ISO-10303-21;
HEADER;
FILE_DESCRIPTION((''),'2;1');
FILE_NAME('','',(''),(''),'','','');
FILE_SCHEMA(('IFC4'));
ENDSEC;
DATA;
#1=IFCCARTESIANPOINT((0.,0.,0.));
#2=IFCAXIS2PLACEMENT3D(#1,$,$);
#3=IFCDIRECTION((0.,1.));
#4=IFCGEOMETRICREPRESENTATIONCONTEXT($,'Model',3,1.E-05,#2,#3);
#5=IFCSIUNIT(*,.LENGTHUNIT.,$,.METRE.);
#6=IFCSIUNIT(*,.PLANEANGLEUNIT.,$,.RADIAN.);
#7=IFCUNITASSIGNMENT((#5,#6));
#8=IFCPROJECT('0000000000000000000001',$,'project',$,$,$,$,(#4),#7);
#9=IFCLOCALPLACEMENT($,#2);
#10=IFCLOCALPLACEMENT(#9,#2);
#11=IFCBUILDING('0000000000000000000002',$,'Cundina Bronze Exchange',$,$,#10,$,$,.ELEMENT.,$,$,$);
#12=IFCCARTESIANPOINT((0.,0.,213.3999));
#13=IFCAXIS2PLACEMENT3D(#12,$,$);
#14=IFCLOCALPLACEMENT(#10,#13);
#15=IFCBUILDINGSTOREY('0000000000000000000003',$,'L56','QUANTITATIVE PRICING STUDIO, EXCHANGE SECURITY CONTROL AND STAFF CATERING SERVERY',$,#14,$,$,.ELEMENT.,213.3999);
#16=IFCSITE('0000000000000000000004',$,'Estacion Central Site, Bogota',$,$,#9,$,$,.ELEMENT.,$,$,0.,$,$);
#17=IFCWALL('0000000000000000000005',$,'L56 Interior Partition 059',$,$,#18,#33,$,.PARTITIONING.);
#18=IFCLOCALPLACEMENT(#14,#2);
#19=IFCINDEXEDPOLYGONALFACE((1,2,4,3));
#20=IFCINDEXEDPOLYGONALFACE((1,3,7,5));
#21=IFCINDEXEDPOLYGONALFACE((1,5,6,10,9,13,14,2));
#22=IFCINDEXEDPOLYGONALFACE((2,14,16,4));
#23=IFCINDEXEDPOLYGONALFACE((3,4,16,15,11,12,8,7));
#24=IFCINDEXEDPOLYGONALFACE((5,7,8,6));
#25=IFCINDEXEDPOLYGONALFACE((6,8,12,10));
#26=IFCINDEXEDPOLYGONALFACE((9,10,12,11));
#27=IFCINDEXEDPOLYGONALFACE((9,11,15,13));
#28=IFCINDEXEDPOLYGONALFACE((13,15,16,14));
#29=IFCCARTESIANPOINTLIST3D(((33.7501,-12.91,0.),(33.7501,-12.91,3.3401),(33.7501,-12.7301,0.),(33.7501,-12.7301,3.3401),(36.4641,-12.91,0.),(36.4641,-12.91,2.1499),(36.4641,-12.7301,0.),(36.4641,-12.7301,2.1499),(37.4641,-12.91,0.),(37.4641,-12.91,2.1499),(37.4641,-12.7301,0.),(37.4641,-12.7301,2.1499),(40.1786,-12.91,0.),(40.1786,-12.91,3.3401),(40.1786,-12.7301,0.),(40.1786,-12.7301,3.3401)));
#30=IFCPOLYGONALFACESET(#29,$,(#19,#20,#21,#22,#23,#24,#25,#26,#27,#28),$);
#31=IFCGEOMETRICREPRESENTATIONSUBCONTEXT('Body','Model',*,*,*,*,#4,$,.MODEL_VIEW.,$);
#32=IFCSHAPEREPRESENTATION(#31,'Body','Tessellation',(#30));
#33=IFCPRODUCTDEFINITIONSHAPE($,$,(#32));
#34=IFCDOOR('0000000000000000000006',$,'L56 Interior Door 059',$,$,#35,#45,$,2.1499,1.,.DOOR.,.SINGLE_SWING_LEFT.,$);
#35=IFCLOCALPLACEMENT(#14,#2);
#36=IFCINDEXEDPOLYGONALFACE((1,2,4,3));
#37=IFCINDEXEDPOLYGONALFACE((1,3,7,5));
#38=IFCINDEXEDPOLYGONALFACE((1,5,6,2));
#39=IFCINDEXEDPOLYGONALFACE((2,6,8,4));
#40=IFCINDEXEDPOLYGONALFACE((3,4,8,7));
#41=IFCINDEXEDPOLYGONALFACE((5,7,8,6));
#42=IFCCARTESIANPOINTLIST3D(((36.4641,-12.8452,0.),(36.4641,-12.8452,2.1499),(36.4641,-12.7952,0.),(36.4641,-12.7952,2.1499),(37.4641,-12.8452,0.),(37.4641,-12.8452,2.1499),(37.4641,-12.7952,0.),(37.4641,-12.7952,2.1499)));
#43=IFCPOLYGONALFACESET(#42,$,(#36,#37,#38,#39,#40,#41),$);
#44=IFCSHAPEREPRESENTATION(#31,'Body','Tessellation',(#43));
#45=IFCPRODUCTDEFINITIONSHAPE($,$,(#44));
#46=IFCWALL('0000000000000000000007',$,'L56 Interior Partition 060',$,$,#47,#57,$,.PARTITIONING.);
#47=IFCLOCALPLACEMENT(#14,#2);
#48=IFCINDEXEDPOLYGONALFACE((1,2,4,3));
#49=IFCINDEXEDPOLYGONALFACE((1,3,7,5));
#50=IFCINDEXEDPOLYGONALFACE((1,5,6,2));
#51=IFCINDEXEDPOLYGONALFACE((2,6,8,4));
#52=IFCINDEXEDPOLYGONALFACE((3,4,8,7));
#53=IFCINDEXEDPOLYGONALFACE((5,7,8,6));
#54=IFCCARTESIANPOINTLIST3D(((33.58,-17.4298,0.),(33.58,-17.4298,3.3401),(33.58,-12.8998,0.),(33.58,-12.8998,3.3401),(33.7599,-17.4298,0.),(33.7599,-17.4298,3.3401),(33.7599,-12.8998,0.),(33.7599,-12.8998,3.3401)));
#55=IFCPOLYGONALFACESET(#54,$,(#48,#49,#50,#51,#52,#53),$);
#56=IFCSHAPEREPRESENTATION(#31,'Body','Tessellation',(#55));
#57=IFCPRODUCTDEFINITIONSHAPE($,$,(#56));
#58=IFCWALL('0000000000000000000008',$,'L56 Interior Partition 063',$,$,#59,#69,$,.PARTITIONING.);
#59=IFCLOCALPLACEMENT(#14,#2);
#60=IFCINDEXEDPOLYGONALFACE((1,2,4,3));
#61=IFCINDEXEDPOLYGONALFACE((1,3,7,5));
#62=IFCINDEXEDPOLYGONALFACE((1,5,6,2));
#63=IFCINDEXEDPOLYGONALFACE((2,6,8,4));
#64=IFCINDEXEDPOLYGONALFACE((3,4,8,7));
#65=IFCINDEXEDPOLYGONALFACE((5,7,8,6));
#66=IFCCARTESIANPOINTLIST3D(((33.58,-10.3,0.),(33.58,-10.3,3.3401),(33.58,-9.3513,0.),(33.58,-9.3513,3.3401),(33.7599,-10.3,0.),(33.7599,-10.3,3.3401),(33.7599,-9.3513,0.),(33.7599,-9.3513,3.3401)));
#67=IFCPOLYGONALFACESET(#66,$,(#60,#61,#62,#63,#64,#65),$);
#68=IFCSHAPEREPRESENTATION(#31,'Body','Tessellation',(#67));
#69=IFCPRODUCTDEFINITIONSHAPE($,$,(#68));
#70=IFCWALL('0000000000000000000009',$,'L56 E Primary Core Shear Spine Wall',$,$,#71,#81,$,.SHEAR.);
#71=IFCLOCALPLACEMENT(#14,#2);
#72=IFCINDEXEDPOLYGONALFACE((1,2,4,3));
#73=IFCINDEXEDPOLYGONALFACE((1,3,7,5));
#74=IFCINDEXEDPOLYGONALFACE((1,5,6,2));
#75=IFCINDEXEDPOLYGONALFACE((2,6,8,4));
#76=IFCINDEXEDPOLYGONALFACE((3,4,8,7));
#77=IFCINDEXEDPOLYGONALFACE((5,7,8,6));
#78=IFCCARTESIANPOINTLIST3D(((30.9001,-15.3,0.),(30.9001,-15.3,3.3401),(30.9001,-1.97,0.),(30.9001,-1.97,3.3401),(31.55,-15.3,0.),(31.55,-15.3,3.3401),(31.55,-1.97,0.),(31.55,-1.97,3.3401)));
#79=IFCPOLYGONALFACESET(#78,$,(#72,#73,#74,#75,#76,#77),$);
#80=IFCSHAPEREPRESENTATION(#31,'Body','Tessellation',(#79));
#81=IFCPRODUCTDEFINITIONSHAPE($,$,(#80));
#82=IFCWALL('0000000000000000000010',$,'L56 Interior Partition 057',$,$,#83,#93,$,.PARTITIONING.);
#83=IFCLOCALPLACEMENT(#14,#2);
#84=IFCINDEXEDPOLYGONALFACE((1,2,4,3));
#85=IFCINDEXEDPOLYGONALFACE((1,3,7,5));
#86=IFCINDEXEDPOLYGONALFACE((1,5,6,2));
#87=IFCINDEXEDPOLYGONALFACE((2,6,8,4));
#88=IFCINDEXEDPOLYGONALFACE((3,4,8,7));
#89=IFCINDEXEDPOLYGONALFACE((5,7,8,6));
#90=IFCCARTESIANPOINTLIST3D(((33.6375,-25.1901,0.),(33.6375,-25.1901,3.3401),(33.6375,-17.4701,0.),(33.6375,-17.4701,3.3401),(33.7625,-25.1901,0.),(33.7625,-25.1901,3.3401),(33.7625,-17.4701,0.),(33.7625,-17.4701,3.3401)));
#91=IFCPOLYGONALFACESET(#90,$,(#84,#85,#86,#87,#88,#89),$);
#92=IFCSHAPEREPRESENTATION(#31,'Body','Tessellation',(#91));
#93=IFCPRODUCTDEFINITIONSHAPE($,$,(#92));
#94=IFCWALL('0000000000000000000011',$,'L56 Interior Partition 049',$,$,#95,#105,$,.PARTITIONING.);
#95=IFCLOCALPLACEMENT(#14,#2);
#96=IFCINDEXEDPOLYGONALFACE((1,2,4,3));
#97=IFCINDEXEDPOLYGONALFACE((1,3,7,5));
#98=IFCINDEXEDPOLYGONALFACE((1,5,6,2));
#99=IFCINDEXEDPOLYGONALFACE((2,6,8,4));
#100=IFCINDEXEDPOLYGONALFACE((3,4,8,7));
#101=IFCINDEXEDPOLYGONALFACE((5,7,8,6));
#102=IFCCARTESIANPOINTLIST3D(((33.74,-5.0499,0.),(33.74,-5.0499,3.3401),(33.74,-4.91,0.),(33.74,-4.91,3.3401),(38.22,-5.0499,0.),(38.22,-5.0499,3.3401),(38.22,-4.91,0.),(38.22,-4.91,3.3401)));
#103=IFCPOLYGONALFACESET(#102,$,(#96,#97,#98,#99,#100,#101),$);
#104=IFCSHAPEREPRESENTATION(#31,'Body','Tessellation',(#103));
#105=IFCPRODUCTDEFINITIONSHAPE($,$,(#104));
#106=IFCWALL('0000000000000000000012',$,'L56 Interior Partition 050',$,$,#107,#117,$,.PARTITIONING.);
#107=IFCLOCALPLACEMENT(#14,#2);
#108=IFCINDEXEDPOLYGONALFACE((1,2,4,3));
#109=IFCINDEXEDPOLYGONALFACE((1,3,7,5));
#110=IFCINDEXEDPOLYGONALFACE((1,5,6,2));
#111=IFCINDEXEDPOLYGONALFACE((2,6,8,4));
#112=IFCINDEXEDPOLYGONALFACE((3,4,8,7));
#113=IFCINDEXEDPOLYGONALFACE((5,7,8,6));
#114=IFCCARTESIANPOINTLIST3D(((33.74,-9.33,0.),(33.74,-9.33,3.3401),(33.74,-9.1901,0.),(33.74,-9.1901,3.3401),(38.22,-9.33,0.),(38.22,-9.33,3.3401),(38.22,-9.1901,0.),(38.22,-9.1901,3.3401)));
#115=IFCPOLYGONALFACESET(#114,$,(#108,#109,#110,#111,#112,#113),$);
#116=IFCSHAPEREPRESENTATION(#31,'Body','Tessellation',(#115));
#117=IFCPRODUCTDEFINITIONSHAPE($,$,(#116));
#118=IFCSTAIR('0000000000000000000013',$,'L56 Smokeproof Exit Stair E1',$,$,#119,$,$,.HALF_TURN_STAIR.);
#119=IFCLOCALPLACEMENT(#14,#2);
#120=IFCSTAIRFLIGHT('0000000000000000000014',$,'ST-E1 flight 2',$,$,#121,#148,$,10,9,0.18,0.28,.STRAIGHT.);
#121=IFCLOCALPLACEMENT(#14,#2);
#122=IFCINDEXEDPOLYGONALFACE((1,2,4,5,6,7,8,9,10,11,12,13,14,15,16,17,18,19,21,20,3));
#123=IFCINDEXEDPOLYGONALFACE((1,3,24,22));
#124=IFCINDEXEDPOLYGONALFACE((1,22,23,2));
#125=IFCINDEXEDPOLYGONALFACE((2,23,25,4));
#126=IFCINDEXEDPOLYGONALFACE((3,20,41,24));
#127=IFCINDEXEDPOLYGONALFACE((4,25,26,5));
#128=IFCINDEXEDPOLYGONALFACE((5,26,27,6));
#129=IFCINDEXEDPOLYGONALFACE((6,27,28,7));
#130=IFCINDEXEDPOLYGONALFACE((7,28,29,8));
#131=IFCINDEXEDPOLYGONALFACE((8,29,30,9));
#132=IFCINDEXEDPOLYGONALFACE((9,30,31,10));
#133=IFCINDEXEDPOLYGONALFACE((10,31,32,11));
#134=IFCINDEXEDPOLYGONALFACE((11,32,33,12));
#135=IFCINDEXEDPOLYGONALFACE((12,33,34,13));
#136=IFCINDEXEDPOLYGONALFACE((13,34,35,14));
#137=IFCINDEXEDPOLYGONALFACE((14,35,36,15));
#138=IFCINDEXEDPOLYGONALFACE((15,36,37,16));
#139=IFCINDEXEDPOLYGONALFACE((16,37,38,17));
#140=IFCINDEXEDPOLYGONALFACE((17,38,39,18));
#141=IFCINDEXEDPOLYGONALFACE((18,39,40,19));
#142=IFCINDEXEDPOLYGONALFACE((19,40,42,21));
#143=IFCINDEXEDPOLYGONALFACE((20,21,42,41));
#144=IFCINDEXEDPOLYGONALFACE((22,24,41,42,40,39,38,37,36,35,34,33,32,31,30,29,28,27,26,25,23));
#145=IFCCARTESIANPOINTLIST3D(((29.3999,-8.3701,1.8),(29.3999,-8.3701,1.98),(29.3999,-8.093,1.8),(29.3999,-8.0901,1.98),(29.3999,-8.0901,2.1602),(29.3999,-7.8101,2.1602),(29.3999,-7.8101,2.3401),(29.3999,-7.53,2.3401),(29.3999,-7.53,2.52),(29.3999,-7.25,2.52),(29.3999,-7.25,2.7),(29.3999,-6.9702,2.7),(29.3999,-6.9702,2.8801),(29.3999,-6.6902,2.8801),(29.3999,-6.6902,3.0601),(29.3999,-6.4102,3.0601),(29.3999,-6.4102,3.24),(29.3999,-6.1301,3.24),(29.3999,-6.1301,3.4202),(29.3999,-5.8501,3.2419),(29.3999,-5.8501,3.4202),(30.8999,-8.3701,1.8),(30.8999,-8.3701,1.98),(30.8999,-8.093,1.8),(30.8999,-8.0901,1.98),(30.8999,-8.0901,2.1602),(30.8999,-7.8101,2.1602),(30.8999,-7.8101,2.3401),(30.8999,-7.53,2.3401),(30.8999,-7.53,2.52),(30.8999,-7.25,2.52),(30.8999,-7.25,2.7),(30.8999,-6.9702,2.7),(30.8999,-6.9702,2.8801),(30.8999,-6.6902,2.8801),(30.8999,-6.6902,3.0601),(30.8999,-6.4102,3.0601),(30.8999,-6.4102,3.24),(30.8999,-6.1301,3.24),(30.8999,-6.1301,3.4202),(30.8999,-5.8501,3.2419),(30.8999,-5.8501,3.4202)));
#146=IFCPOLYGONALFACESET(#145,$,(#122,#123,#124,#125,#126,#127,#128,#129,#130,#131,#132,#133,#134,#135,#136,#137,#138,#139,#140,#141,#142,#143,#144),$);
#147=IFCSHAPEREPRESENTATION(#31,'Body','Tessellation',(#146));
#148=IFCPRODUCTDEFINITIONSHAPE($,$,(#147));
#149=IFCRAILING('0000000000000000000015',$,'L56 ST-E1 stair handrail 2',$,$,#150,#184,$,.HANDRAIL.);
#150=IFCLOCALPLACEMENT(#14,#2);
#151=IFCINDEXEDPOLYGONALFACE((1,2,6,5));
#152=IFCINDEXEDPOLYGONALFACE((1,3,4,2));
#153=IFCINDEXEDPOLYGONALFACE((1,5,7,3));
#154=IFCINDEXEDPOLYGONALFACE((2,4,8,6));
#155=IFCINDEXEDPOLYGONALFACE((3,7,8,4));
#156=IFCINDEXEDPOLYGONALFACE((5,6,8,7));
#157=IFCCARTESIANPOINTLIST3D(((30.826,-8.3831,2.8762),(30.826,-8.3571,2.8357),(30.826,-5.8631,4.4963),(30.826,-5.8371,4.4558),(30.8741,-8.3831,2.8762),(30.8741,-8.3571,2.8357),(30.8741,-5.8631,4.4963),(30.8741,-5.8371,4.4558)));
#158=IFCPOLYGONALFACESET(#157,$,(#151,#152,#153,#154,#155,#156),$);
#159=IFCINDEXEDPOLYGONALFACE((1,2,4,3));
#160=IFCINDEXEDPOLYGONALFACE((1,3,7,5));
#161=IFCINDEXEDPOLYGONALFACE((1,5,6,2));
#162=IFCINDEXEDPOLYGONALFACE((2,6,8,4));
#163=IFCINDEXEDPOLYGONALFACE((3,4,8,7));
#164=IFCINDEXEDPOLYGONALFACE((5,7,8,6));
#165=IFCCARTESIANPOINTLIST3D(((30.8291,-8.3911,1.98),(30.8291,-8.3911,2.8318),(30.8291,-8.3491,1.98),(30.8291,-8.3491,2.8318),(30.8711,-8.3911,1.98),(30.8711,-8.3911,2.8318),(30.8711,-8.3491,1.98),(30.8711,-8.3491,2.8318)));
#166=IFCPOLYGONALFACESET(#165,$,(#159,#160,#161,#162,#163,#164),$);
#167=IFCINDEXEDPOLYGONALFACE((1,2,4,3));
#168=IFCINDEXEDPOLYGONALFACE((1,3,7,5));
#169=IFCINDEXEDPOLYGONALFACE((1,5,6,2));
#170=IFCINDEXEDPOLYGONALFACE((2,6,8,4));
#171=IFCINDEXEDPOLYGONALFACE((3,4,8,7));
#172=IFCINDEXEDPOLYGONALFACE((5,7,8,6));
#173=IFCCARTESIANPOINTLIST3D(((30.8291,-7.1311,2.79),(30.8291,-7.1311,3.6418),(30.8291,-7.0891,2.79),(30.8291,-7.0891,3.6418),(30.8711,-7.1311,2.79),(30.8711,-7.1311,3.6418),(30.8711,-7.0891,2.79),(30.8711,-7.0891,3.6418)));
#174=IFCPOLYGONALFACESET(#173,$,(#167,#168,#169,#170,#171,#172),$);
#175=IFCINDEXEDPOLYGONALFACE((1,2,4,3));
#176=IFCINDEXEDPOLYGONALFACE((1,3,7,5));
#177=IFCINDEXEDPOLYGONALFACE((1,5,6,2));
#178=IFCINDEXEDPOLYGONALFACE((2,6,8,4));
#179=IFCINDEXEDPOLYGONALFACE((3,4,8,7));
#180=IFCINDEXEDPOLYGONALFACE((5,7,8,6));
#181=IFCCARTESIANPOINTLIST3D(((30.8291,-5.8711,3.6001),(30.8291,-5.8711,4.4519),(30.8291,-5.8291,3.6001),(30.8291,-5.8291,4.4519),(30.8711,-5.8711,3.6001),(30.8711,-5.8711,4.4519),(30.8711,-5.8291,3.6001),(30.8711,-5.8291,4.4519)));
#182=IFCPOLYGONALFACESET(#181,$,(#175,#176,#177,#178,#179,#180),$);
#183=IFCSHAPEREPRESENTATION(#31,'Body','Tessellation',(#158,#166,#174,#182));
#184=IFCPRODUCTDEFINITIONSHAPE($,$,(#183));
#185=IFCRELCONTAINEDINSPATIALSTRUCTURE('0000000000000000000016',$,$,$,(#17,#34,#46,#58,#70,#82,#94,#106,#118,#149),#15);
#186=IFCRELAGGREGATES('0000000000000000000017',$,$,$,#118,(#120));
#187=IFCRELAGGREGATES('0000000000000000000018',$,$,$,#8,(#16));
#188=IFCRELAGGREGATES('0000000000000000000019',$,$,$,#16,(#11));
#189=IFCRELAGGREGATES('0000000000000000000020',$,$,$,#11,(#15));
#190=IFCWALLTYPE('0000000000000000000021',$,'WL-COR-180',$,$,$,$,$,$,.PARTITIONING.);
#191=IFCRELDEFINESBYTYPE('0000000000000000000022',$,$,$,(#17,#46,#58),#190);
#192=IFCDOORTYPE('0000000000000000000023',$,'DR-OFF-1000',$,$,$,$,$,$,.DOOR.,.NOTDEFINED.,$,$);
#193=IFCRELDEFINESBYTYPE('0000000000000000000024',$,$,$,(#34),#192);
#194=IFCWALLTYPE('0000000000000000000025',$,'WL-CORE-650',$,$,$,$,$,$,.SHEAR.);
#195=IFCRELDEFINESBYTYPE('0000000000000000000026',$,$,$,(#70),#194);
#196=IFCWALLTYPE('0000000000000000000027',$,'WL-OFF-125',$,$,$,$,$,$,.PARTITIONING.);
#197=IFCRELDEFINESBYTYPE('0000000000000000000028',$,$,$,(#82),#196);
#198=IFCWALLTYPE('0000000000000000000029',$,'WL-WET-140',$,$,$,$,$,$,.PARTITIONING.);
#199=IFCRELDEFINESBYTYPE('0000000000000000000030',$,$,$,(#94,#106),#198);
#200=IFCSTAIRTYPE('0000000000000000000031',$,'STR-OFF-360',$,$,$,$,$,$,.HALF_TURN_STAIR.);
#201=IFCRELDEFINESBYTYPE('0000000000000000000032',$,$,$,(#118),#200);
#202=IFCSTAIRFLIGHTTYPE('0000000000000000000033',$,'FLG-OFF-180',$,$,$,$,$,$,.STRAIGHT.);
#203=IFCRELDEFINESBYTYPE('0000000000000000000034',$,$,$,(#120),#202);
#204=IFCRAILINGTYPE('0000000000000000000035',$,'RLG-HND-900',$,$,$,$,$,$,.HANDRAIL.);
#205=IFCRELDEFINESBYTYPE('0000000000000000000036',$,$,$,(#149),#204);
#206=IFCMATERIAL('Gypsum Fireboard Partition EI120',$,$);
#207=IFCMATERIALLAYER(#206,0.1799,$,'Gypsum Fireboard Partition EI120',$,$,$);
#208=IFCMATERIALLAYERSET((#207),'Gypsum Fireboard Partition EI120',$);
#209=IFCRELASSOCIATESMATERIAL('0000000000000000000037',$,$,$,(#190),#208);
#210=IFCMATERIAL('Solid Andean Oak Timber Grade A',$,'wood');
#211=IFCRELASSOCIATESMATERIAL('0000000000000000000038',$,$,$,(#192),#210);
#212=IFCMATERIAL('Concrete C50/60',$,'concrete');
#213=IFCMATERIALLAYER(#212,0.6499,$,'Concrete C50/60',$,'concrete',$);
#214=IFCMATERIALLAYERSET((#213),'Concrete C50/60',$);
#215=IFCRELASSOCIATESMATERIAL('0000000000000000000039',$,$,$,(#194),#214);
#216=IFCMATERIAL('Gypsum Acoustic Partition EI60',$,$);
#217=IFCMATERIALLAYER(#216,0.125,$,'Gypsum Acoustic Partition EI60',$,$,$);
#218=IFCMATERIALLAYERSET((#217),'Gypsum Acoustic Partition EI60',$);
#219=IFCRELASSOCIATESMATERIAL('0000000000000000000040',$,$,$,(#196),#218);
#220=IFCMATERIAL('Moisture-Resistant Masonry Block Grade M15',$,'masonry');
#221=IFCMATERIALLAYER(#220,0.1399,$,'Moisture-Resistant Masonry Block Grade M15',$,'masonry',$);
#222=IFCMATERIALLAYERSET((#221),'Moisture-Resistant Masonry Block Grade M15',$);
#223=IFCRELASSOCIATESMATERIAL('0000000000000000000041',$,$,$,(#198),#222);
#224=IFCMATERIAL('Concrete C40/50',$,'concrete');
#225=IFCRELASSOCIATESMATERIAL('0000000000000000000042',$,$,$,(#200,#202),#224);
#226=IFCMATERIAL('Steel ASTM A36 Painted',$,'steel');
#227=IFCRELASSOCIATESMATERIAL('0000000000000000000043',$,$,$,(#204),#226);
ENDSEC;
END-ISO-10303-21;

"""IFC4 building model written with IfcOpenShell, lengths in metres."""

from ifc_helpers import new_model, si_unit, direction, frame, frame_2d, origin, origin_2d, place, context, subcontext, project, spatial, polyline, rectangle, outline, extrude, material, layer, layer_set, type_object, element, fill, aggregate, save


model = new_model("IFC4")

# Units and contexts
model_context = context("Model", 3, precision=1e-05, world=origin(), true_north=direction((0.0, 1.0)))
body_context = subcontext(model_context, "Body", "Model", "MODEL_VIEW")
ifc_project = project(units=[si_unit("LENGTHUNIT", "METRE"), si_unit("PLANEANGLEUNIT", "RADIAN")], contexts=[model_context])

# Site, building, storey
site_placement = place(None, origin())
site = spatial("IfcSite", under=ifc_project, at=site_placement, Name="Estacion Central Site, Bogota", CompositionType="ELEMENT", RefElevation=0.0)
building_placement = place(site_placement, origin())
building = spatial("IfcBuilding", under=site, at=building_placement, Name="Cundina Bronze Exchange", CompositionType="ELEMENT")
storey_placement = place(building_placement, frame((0.0, 0.0, 213.3999)))
storey = spatial("IfcBuildingStorey", under=building, at=storey_placement, Name="L56", Description="QUANTITATIVE PRICING STUDIO, EXCHANGE SECURITY CONTROL AND STAFF CATERING SERVERY", CompositionType="ELEMENT", Elevation=213.3999)

# Shared definitions
ifc_material_1 = material(Name="Concrete C50/60", Category="concrete")

# Wall, opening, door
ifc_material_2 = material(Name="Gypsum Fireboard Partition EI120")
ifc_layer_1 = layer(ifc_material_2, 0.1799, Name="Gypsum Fireboard Partition EI120")
ifc_layer_set_1 = layer_set([ifc_layer_1], Name="Gypsum Fireboard Partition EI120")
wall_type_1 = type_object("IfcWallType", Name="WL-COR-180", PredefinedType="PARTITIONING", material=ifc_layer_set_1)
ifc_material_3 = material(Name="Solid Andean Oak Timber Grade A", Category="wood")
door_type_1 = type_object("IfcDoorType", Name="DR-OFF-1000", OperationType="NOTDEFINED", PredefinedType="DOOR", material=ifc_material_3)
wall_1_placement = place(storey_placement, frame((33.75, -12.8201, 0.0), z_axis=(0.0, 0.0, 1.0), x_axis=(1.0, 0.0, 0.0)))
wall_1 = element("IfcWall", 1, at=wall_1_placement, inside=storey, type_object=wall_type_1, Name="L56 Interior Partition 059", PredefinedType="PARTITIONING", context=body_context, shape_type="SweptSolid", body=[
    extrude(rectangle(XDim=6.4285, YDim=0.1799, at=frame_2d((3.2144, 0.0))), origin(), (0.0, 0.0, 1.0), 3.3401),
])
opening_1_placement = place(wall_1_placement, frame((2.7141, 0.0, 0.0)))
opening_1 = element("IfcOpeningElement", 2, at=opening_1_placement, cuts=wall_1, PredefinedType="OPENING", context=body_context, shape_type="SweptSolid", body=[
    extrude(rectangle(XDim=1.0, YDim=2.1499, at=frame_2d((0.5, 1.075))), frame((0.0, 0.0999, 0.0), z_axis=(0.0, -1.0, 0.0), x_axis=(1.0, 0.0, 0.0)), (0.0, 0.0, 1.0), 0.2),
])
door_1_placement = place(opening_1_placement, origin())
door_1 = element("IfcDoor", 3, at=door_1_placement, inside=storey, type_object=door_type_1, Name="L56 Interior Door 059", OperationType="SINGLE_SWING_LEFT", OverallHeight=2.1499, OverallWidth=1.0, PredefinedType="DOOR", context=body_context, shape_type="SweptSolid", body=[
    extrude(rectangle(XDim=1.0, YDim=2.1499, at=frame_2d((0.5, 1.075))), frame((0.0, 0.0249, 0.0), z_axis=(0.0, -1.0, 0.0), x_axis=(1.0, 0.0, 0.0)), (0.0, 0.0, 1.0), 0.05),
])
fill(opening_1, door_1)

# Walls
wall_2_placement = place(storey_placement, frame((33.6699, -17.4299, 0.0), z_axis=(0.0, 0.0, 1.0), x_axis=(0.0, 1.0, 0.0)))
element("IfcWall", 4, at=wall_2_placement, inside=storey, type_object=wall_type_1, Name="L56 Interior Partition 060", PredefinedType="PARTITIONING", context=body_context, shape_type="SweptSolid", body=[
    extrude(rectangle(XDim=4.53, YDim=0.1799, at=frame_2d((2.2651, 0.0))), origin(), (0.0, 0.0, 1.0), 3.3401),
])
wall_3_placement = place(storey_placement, frame((33.6699, -10.3, 0.0), z_axis=(0.0, 0.0, 1.0), x_axis=(0.0, 1.0, 0.0)))
element("IfcWall", 5, at=wall_3_placement, inside=storey, type_object=wall_type_1, Name="L56 Interior Partition 063", PredefinedType="PARTITIONING", context=body_context, shape_type="SweptSolid", body=[
    extrude(rectangle(XDim=0.9487, YDim=0.1799, at=frame_2d((0.4744, 0.0))), origin(), (0.0, 0.0, 1.0), 3.3401),
])
ifc_layer_2 = layer(ifc_material_1, 0.6499, Name="Concrete C50/60", Category="concrete")
ifc_layer_set_2 = layer_set([ifc_layer_2], Name="Concrete C50/60")
wall_type_2 = type_object("IfcWallType", Name="WL-CORE-650", PredefinedType="SHEAR", material=ifc_layer_set_2)
wall_4_placement = place(storey_placement, frame((31.2251, -15.3, 0.0), z_axis=(0.0, 0.0, 1.0), x_axis=(0.0, 1.0, 0.0)))
element("IfcWall", 6, at=wall_4_placement, inside=storey, type_object=wall_type_2, Name="L56 E Primary Core Shear Spine Wall", PredefinedType="SHEAR", context=body_context, shape_type="SweptSolid", body=[
    extrude(rectangle(XDim=13.3301, YDim=0.6499, at=frame_2d((6.665, 0.0))), origin(), (0.0, 0.0, 1.0), 3.3401),
])
ifc_material_4 = material(Name="Gypsum Acoustic Partition EI60")
ifc_layer_3 = layer(ifc_material_4, 0.125, Name="Gypsum Acoustic Partition EI60")
ifc_layer_set_3 = layer_set([ifc_layer_3], Name="Gypsum Acoustic Partition EI60")
wall_type_3 = type_object("IfcWallType", Name="WL-OFF-125", PredefinedType="PARTITIONING", material=ifc_layer_set_3)
wall_5_placement = place(storey_placement, frame((33.7, -25.1899, 0.0), z_axis=(0.0, 0.0, 1.0), x_axis=(0.0, 1.0, 0.0)))
element("IfcWall", 7, at=wall_5_placement, inside=storey, type_object=wall_type_3, Name="L56 Interior Partition 057", PredefinedType="PARTITIONING", context=body_context, shape_type="SweptSolid", body=[
    extrude(rectangle(XDim=7.72, YDim=0.125, at=frame_2d((3.8599, 0.0))), origin(), (0.0, 0.0, 1.0), 3.3401),
])
ifc_material_5 = material(Name="Moisture-Resistant Masonry Block Grade M15", Category="masonry")
ifc_layer_4 = layer(ifc_material_5, 0.1399, Name="Moisture-Resistant Masonry Block Grade M15", Category="masonry")
ifc_layer_set_4 = layer_set([ifc_layer_4], Name="Moisture-Resistant Masonry Block Grade M15")
wall_type_4 = type_object("IfcWallType", Name="WL-WET-140", PredefinedType="PARTITIONING", material=ifc_layer_set_4)
for number, where, z_axis, x_axis, name in (
    (8, (33.74, -4.98, 0.0), (0.0, 0.0, 1.0), (1.0, 0.0, 0.0), "L56 Interior Partition 049"),
    (9, (33.74, -9.26, 0.0), (0.0, 0.0, 1.0), (1.0, 0.0, 0.0), "L56 Interior Partition 050"),
):
    element("IfcWall", number, at=place(storey_placement, frame(where, z_axis=z_axis, x_axis=x_axis)), inside=storey, type_object=wall_type_4, Name=name, PredefinedType="PARTITIONING", context=body_context, shape_type="SweptSolid", body=[
        extrude(rectangle(XDim=4.48, YDim=0.1399, at=frame_2d((2.24, 0.0))), origin(), (0.0, 0.0, 1.0), 3.3401),
    ])

# Stair, stair flight
ifc_material_6 = material(Name="Concrete C40/50", Category="concrete")
stair_type = type_object("IfcStairType", Name="STR-OFF-360", PredefinedType="HALF_TURN_STAIR", material=ifc_material_6)
stair_placement = place(storey_placement, origin())
stair = element("IfcStair", 10, at=stair_placement, inside=storey, type_object=stair_type, Name="L56 Smokeproof Exit Stair E1", PredefinedType="HALF_TURN_STAIR")
stair_flight_type = type_object("IfcStairFlightType", Name="FLG-OFF-180", PredefinedType="STRAIGHT", material=ifc_material_6)
stair_flight_placement = place(storey_placement, frame((30.1499, -8.3701, 1.8), z_axis=(0.0, 0.0, 1.0), x_axis=(0.0, 1.0, 0.0)))
stair_flight = element("IfcStairFlight", 11, at=stair_flight_placement, type_object=stair_flight_type, Name="ST-E1 flight 2", NumberOfRisers=10, NumberOfTreads=9, PredefinedType="STRAIGHT", RiserHeight=0.18, TreadLength=0.28, context=body_context, shape_type="SweptSolid", body=[
    extrude(outline(polyline([(0.0, 0.0), (0.0, 0.1799), (0.28, 0.1799), (0.28, 0.3601), (0.5601, 0.3601), (0.5601, 0.54), (0.8401, 0.54), (0.8401, 0.72), (1.1201, 0.72), (1.1201, 0.8999), (1.3999, 0.8999), (1.3999, 1.0801), (1.6799, 1.0801), (1.6799, 1.26), (1.96, 1.26), (1.96, 1.4399), (2.24, 1.4399), (2.24, 1.6201), (2.52, 1.6201), (2.52, 1.8), (2.52, 1.4419), (0.2771, 0.0), (0.0, 0.0)])), frame((0.0, 0.75, 0.0), z_axis=(0.0, -1.0, 0.0), x_axis=(1.0, 0.0, 0.0)), (0.0, 0.0, 1.0), 1.5),
])
aggregate(stair, [stair_flight])

# Railing
ifc_material_7 = material(Name="Steel ASTM A36 Painted", Category="steel")
railing_type_1 = type_object("IfcRailingType", Name="RLG-HND-900", PredefinedType="HANDRAIL", material=ifc_material_7)
railing_1_placement = place(storey_placement, frame((30.8501, -8.3701, 1.98)))
element("IfcRailing", 12, at=railing_1_placement, inside=storey, type_object=railing_type_1, Name="L56 ST-E1 stair handrail 2", PredefinedType="HANDRAIL", context=body_context, shape_type="SweptSolid", body=[
    extrude(rectangle(XDim=0.0481, YDim=0.0481, at=origin_2d()), frame((0.0, 0.0, 0.876), z_axis=(0.0, 0.841163, 0.540782), x_axis=(-1.0, 0.0, 0.0)), (0.0, 0.0, 1.0), 2.9958),
    extrude(rectangle(XDim=0.042, YDim=0.042, at=origin_2d()), origin(), (0.0, 0.0, 1.0), 0.8518),
    extrude(rectangle(XDim=0.042, YDim=0.042, at=origin_2d()), frame((0.0, 1.26, 0.8101)), (0.0, 0.0, 1.0), 0.8518),
    extrude(rectangle(XDim=0.042, YDim=0.042, at=origin_2d()), frame((0.0, 2.52, 1.6201)), (0.0, 0.0, 1.0), 0.8518),
])

save(model, "model.ifc")
